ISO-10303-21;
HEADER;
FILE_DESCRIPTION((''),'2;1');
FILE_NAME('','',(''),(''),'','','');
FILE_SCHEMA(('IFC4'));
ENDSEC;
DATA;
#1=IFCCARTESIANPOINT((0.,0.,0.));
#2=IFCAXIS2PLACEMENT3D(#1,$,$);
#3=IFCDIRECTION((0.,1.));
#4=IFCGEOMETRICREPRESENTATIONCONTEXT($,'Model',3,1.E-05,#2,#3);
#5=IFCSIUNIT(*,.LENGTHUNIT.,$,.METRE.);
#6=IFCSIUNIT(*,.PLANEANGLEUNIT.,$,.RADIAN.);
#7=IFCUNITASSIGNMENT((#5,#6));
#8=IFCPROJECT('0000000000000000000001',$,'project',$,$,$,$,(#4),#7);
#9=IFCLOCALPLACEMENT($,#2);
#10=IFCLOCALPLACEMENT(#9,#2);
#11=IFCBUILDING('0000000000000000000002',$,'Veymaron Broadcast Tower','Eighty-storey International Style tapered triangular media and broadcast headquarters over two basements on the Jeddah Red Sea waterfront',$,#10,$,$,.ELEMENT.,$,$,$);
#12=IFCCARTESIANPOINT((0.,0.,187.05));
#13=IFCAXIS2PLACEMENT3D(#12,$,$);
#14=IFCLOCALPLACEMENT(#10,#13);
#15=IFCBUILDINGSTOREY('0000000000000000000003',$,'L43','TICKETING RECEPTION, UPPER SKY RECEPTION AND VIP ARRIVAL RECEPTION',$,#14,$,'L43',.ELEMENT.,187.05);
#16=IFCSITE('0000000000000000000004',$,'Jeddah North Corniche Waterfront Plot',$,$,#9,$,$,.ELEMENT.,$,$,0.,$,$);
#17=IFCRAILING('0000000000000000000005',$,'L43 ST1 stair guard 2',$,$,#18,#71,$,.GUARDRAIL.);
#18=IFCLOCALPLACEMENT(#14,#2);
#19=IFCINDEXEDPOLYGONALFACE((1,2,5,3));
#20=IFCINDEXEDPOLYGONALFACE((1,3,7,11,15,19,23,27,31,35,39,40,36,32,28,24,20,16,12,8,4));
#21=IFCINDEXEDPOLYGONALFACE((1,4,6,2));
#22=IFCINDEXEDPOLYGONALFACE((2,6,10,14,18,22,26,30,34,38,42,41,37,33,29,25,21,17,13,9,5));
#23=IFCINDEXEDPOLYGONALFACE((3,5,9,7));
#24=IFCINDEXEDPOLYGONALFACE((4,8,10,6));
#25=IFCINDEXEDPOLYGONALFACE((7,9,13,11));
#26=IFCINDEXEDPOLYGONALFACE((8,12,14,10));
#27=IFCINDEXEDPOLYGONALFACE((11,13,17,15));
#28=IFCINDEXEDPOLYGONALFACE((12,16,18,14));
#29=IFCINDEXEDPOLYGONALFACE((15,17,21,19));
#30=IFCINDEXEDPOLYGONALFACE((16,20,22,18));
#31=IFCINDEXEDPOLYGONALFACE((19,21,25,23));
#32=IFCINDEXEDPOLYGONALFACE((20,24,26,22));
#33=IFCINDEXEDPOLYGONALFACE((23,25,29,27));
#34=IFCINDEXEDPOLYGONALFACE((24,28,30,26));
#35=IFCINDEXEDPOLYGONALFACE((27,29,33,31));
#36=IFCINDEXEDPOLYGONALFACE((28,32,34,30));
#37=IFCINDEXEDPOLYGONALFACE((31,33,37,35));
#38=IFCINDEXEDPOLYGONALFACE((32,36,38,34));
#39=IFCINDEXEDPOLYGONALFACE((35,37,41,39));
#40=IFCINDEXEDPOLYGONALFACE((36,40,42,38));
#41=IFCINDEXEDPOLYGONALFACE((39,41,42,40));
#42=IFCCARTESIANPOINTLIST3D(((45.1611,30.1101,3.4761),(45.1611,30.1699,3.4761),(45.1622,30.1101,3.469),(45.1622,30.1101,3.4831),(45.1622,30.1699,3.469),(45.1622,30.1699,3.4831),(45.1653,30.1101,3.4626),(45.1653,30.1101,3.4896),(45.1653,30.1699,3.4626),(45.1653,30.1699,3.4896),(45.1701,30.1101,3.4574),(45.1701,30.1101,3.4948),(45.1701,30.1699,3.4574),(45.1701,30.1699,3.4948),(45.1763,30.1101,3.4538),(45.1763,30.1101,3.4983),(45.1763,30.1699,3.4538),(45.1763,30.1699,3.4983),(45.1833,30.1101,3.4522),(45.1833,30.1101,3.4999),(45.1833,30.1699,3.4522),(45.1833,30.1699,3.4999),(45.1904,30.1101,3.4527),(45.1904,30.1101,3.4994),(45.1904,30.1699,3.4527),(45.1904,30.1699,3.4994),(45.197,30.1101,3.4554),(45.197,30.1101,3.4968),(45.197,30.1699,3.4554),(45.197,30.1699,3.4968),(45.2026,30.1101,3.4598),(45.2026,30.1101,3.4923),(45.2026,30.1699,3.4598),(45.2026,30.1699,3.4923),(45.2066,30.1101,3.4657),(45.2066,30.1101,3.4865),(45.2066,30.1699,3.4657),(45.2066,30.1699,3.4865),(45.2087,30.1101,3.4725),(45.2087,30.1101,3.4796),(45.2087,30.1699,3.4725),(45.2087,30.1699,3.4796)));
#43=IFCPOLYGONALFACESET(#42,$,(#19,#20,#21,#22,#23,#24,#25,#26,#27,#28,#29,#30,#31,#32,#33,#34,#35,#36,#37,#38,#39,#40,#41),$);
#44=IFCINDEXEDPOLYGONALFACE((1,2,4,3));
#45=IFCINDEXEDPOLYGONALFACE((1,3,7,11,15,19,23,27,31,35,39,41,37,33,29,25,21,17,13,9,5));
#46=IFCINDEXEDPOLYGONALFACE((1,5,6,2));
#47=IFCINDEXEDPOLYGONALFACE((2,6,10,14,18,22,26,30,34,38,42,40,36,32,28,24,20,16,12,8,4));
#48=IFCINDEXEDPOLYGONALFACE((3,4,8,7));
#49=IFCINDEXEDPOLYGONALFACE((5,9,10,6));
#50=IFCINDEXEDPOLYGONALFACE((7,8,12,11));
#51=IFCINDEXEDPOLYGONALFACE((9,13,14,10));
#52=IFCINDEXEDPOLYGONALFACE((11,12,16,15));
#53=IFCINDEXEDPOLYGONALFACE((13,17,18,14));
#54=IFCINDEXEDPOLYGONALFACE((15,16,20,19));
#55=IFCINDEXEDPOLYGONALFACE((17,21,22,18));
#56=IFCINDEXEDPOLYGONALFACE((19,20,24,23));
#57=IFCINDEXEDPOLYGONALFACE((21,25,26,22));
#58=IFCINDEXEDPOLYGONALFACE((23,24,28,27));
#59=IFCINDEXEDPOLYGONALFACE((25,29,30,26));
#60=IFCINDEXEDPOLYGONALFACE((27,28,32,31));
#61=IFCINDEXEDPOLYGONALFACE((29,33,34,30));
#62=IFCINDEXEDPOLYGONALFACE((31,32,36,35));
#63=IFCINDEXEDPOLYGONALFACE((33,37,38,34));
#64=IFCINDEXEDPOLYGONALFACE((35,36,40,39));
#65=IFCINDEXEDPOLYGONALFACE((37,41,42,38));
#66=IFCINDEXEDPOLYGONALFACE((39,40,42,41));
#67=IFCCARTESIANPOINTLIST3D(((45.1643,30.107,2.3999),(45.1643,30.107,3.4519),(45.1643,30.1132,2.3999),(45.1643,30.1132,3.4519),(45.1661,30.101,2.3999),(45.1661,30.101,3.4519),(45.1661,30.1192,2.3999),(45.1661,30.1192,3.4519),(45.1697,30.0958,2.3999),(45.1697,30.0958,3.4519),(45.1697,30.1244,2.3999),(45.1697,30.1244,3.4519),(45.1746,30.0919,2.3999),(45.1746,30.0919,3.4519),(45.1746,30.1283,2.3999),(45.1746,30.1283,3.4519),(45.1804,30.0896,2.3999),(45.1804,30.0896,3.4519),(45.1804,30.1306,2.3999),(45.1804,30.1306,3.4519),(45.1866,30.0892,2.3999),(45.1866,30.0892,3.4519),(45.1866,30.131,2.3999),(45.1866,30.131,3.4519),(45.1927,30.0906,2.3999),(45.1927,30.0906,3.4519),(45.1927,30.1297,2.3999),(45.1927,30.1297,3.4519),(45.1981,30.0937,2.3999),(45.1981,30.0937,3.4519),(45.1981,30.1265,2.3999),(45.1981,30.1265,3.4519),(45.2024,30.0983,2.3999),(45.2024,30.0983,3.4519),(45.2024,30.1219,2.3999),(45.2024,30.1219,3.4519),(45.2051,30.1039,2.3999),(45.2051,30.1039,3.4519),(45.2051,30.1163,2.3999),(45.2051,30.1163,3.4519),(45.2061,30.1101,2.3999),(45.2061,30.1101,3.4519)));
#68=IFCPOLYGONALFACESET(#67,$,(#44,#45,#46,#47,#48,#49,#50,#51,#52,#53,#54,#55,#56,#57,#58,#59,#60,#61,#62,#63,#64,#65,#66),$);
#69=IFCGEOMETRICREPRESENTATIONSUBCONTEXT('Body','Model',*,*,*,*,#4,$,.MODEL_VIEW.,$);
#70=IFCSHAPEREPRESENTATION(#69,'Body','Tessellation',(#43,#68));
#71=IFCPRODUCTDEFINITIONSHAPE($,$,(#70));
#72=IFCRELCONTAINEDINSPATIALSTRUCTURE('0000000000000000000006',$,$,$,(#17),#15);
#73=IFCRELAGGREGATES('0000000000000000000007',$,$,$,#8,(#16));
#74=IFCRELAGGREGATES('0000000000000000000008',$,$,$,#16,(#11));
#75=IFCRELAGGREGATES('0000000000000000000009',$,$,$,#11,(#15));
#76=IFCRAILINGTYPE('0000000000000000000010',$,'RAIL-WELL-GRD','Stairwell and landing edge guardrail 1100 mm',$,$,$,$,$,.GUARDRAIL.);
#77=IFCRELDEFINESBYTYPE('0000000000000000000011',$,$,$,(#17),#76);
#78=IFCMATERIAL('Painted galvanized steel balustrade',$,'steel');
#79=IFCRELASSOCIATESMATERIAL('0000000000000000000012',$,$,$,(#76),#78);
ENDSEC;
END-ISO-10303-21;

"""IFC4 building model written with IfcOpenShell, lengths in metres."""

from ifc_helpers import new_model, si_unit, direction, frame, origin, origin_2d, place, context, subcontext, project, spatial, circle, extrude, material, type_object, element, save


model = new_model("IFC4")

# Units and contexts
model_context = context("Model", 3, precision=1e-05, world=origin(), true_north=direction((0.0, 1.0)))
body_context = subcontext(model_context, "Body", "Model", "MODEL_VIEW")
ifc_project = project(units=[si_unit("LENGTHUNIT", "METRE"), si_unit("PLANEANGLEUNIT", "RADIAN")], contexts=[model_context])

# Site, building, storey
site_placement = place(None, origin())
site = spatial("IfcSite", under=ifc_project, at=site_placement, Name="Jeddah North Corniche Waterfront Plot", CompositionType="ELEMENT", RefElevation=0.0)
building_placement = place(site_placement, origin())
building = spatial("IfcBuilding", under=site, at=building_placement, Name="Veymaron Broadcast Tower", Description="Eighty-storey International Style tapered triangular media and broadcast headquarters over two basements on the Jeddah Red Sea waterfront", CompositionType="ELEMENT")
storey_placement = place(building_placement, frame((0.0, 0.0, 187.05)))
storey = spatial("IfcBuildingStorey", under=building, at=storey_placement, Name="L43", Description="TICKETING RECEPTION, UPPER SKY RECEPTION AND VIP ARRIVAL RECEPTION", LongName="L43", CompositionType="ELEMENT", Elevation=187.05)

# Railing
ifc_material_1 = material(Name="Painted galvanized steel balustrade", Category="steel")
railing_type_1 = type_object("IfcRailingType", Name="RAIL-WELL-GRD", Description="Stairwell and landing edge guardrail 1100 mm", PredefinedType="GUARDRAIL", material=ifc_material_1)
railing_1_placement = place(storey_placement, frame((45.1851, 30.1101, 2.3999)))
element("IfcRailing", 1, at=railing_1_placement, inside=storey, type_object=railing_type_1, Name="L43 ST1 stair guard 2", PredefinedType="GUARDRAIL", context=body_context, shape_type="SweptSolid", body=[
    extrude(circle(Radius=0.0239, at=origin_2d()), frame((0.0, 0.0, 1.0762), z_axis=(0.0, 1.0, 0.0), x_axis=(-1.0, 0.0, 0.0)), (0.0, 0.0, 1.0), 0.0598),
    extrude(circle(Radius=0.021, at=origin_2d()), origin(), (0.0, 0.0, 1.0), 1.052),
])

save(model, "model.ifc")
